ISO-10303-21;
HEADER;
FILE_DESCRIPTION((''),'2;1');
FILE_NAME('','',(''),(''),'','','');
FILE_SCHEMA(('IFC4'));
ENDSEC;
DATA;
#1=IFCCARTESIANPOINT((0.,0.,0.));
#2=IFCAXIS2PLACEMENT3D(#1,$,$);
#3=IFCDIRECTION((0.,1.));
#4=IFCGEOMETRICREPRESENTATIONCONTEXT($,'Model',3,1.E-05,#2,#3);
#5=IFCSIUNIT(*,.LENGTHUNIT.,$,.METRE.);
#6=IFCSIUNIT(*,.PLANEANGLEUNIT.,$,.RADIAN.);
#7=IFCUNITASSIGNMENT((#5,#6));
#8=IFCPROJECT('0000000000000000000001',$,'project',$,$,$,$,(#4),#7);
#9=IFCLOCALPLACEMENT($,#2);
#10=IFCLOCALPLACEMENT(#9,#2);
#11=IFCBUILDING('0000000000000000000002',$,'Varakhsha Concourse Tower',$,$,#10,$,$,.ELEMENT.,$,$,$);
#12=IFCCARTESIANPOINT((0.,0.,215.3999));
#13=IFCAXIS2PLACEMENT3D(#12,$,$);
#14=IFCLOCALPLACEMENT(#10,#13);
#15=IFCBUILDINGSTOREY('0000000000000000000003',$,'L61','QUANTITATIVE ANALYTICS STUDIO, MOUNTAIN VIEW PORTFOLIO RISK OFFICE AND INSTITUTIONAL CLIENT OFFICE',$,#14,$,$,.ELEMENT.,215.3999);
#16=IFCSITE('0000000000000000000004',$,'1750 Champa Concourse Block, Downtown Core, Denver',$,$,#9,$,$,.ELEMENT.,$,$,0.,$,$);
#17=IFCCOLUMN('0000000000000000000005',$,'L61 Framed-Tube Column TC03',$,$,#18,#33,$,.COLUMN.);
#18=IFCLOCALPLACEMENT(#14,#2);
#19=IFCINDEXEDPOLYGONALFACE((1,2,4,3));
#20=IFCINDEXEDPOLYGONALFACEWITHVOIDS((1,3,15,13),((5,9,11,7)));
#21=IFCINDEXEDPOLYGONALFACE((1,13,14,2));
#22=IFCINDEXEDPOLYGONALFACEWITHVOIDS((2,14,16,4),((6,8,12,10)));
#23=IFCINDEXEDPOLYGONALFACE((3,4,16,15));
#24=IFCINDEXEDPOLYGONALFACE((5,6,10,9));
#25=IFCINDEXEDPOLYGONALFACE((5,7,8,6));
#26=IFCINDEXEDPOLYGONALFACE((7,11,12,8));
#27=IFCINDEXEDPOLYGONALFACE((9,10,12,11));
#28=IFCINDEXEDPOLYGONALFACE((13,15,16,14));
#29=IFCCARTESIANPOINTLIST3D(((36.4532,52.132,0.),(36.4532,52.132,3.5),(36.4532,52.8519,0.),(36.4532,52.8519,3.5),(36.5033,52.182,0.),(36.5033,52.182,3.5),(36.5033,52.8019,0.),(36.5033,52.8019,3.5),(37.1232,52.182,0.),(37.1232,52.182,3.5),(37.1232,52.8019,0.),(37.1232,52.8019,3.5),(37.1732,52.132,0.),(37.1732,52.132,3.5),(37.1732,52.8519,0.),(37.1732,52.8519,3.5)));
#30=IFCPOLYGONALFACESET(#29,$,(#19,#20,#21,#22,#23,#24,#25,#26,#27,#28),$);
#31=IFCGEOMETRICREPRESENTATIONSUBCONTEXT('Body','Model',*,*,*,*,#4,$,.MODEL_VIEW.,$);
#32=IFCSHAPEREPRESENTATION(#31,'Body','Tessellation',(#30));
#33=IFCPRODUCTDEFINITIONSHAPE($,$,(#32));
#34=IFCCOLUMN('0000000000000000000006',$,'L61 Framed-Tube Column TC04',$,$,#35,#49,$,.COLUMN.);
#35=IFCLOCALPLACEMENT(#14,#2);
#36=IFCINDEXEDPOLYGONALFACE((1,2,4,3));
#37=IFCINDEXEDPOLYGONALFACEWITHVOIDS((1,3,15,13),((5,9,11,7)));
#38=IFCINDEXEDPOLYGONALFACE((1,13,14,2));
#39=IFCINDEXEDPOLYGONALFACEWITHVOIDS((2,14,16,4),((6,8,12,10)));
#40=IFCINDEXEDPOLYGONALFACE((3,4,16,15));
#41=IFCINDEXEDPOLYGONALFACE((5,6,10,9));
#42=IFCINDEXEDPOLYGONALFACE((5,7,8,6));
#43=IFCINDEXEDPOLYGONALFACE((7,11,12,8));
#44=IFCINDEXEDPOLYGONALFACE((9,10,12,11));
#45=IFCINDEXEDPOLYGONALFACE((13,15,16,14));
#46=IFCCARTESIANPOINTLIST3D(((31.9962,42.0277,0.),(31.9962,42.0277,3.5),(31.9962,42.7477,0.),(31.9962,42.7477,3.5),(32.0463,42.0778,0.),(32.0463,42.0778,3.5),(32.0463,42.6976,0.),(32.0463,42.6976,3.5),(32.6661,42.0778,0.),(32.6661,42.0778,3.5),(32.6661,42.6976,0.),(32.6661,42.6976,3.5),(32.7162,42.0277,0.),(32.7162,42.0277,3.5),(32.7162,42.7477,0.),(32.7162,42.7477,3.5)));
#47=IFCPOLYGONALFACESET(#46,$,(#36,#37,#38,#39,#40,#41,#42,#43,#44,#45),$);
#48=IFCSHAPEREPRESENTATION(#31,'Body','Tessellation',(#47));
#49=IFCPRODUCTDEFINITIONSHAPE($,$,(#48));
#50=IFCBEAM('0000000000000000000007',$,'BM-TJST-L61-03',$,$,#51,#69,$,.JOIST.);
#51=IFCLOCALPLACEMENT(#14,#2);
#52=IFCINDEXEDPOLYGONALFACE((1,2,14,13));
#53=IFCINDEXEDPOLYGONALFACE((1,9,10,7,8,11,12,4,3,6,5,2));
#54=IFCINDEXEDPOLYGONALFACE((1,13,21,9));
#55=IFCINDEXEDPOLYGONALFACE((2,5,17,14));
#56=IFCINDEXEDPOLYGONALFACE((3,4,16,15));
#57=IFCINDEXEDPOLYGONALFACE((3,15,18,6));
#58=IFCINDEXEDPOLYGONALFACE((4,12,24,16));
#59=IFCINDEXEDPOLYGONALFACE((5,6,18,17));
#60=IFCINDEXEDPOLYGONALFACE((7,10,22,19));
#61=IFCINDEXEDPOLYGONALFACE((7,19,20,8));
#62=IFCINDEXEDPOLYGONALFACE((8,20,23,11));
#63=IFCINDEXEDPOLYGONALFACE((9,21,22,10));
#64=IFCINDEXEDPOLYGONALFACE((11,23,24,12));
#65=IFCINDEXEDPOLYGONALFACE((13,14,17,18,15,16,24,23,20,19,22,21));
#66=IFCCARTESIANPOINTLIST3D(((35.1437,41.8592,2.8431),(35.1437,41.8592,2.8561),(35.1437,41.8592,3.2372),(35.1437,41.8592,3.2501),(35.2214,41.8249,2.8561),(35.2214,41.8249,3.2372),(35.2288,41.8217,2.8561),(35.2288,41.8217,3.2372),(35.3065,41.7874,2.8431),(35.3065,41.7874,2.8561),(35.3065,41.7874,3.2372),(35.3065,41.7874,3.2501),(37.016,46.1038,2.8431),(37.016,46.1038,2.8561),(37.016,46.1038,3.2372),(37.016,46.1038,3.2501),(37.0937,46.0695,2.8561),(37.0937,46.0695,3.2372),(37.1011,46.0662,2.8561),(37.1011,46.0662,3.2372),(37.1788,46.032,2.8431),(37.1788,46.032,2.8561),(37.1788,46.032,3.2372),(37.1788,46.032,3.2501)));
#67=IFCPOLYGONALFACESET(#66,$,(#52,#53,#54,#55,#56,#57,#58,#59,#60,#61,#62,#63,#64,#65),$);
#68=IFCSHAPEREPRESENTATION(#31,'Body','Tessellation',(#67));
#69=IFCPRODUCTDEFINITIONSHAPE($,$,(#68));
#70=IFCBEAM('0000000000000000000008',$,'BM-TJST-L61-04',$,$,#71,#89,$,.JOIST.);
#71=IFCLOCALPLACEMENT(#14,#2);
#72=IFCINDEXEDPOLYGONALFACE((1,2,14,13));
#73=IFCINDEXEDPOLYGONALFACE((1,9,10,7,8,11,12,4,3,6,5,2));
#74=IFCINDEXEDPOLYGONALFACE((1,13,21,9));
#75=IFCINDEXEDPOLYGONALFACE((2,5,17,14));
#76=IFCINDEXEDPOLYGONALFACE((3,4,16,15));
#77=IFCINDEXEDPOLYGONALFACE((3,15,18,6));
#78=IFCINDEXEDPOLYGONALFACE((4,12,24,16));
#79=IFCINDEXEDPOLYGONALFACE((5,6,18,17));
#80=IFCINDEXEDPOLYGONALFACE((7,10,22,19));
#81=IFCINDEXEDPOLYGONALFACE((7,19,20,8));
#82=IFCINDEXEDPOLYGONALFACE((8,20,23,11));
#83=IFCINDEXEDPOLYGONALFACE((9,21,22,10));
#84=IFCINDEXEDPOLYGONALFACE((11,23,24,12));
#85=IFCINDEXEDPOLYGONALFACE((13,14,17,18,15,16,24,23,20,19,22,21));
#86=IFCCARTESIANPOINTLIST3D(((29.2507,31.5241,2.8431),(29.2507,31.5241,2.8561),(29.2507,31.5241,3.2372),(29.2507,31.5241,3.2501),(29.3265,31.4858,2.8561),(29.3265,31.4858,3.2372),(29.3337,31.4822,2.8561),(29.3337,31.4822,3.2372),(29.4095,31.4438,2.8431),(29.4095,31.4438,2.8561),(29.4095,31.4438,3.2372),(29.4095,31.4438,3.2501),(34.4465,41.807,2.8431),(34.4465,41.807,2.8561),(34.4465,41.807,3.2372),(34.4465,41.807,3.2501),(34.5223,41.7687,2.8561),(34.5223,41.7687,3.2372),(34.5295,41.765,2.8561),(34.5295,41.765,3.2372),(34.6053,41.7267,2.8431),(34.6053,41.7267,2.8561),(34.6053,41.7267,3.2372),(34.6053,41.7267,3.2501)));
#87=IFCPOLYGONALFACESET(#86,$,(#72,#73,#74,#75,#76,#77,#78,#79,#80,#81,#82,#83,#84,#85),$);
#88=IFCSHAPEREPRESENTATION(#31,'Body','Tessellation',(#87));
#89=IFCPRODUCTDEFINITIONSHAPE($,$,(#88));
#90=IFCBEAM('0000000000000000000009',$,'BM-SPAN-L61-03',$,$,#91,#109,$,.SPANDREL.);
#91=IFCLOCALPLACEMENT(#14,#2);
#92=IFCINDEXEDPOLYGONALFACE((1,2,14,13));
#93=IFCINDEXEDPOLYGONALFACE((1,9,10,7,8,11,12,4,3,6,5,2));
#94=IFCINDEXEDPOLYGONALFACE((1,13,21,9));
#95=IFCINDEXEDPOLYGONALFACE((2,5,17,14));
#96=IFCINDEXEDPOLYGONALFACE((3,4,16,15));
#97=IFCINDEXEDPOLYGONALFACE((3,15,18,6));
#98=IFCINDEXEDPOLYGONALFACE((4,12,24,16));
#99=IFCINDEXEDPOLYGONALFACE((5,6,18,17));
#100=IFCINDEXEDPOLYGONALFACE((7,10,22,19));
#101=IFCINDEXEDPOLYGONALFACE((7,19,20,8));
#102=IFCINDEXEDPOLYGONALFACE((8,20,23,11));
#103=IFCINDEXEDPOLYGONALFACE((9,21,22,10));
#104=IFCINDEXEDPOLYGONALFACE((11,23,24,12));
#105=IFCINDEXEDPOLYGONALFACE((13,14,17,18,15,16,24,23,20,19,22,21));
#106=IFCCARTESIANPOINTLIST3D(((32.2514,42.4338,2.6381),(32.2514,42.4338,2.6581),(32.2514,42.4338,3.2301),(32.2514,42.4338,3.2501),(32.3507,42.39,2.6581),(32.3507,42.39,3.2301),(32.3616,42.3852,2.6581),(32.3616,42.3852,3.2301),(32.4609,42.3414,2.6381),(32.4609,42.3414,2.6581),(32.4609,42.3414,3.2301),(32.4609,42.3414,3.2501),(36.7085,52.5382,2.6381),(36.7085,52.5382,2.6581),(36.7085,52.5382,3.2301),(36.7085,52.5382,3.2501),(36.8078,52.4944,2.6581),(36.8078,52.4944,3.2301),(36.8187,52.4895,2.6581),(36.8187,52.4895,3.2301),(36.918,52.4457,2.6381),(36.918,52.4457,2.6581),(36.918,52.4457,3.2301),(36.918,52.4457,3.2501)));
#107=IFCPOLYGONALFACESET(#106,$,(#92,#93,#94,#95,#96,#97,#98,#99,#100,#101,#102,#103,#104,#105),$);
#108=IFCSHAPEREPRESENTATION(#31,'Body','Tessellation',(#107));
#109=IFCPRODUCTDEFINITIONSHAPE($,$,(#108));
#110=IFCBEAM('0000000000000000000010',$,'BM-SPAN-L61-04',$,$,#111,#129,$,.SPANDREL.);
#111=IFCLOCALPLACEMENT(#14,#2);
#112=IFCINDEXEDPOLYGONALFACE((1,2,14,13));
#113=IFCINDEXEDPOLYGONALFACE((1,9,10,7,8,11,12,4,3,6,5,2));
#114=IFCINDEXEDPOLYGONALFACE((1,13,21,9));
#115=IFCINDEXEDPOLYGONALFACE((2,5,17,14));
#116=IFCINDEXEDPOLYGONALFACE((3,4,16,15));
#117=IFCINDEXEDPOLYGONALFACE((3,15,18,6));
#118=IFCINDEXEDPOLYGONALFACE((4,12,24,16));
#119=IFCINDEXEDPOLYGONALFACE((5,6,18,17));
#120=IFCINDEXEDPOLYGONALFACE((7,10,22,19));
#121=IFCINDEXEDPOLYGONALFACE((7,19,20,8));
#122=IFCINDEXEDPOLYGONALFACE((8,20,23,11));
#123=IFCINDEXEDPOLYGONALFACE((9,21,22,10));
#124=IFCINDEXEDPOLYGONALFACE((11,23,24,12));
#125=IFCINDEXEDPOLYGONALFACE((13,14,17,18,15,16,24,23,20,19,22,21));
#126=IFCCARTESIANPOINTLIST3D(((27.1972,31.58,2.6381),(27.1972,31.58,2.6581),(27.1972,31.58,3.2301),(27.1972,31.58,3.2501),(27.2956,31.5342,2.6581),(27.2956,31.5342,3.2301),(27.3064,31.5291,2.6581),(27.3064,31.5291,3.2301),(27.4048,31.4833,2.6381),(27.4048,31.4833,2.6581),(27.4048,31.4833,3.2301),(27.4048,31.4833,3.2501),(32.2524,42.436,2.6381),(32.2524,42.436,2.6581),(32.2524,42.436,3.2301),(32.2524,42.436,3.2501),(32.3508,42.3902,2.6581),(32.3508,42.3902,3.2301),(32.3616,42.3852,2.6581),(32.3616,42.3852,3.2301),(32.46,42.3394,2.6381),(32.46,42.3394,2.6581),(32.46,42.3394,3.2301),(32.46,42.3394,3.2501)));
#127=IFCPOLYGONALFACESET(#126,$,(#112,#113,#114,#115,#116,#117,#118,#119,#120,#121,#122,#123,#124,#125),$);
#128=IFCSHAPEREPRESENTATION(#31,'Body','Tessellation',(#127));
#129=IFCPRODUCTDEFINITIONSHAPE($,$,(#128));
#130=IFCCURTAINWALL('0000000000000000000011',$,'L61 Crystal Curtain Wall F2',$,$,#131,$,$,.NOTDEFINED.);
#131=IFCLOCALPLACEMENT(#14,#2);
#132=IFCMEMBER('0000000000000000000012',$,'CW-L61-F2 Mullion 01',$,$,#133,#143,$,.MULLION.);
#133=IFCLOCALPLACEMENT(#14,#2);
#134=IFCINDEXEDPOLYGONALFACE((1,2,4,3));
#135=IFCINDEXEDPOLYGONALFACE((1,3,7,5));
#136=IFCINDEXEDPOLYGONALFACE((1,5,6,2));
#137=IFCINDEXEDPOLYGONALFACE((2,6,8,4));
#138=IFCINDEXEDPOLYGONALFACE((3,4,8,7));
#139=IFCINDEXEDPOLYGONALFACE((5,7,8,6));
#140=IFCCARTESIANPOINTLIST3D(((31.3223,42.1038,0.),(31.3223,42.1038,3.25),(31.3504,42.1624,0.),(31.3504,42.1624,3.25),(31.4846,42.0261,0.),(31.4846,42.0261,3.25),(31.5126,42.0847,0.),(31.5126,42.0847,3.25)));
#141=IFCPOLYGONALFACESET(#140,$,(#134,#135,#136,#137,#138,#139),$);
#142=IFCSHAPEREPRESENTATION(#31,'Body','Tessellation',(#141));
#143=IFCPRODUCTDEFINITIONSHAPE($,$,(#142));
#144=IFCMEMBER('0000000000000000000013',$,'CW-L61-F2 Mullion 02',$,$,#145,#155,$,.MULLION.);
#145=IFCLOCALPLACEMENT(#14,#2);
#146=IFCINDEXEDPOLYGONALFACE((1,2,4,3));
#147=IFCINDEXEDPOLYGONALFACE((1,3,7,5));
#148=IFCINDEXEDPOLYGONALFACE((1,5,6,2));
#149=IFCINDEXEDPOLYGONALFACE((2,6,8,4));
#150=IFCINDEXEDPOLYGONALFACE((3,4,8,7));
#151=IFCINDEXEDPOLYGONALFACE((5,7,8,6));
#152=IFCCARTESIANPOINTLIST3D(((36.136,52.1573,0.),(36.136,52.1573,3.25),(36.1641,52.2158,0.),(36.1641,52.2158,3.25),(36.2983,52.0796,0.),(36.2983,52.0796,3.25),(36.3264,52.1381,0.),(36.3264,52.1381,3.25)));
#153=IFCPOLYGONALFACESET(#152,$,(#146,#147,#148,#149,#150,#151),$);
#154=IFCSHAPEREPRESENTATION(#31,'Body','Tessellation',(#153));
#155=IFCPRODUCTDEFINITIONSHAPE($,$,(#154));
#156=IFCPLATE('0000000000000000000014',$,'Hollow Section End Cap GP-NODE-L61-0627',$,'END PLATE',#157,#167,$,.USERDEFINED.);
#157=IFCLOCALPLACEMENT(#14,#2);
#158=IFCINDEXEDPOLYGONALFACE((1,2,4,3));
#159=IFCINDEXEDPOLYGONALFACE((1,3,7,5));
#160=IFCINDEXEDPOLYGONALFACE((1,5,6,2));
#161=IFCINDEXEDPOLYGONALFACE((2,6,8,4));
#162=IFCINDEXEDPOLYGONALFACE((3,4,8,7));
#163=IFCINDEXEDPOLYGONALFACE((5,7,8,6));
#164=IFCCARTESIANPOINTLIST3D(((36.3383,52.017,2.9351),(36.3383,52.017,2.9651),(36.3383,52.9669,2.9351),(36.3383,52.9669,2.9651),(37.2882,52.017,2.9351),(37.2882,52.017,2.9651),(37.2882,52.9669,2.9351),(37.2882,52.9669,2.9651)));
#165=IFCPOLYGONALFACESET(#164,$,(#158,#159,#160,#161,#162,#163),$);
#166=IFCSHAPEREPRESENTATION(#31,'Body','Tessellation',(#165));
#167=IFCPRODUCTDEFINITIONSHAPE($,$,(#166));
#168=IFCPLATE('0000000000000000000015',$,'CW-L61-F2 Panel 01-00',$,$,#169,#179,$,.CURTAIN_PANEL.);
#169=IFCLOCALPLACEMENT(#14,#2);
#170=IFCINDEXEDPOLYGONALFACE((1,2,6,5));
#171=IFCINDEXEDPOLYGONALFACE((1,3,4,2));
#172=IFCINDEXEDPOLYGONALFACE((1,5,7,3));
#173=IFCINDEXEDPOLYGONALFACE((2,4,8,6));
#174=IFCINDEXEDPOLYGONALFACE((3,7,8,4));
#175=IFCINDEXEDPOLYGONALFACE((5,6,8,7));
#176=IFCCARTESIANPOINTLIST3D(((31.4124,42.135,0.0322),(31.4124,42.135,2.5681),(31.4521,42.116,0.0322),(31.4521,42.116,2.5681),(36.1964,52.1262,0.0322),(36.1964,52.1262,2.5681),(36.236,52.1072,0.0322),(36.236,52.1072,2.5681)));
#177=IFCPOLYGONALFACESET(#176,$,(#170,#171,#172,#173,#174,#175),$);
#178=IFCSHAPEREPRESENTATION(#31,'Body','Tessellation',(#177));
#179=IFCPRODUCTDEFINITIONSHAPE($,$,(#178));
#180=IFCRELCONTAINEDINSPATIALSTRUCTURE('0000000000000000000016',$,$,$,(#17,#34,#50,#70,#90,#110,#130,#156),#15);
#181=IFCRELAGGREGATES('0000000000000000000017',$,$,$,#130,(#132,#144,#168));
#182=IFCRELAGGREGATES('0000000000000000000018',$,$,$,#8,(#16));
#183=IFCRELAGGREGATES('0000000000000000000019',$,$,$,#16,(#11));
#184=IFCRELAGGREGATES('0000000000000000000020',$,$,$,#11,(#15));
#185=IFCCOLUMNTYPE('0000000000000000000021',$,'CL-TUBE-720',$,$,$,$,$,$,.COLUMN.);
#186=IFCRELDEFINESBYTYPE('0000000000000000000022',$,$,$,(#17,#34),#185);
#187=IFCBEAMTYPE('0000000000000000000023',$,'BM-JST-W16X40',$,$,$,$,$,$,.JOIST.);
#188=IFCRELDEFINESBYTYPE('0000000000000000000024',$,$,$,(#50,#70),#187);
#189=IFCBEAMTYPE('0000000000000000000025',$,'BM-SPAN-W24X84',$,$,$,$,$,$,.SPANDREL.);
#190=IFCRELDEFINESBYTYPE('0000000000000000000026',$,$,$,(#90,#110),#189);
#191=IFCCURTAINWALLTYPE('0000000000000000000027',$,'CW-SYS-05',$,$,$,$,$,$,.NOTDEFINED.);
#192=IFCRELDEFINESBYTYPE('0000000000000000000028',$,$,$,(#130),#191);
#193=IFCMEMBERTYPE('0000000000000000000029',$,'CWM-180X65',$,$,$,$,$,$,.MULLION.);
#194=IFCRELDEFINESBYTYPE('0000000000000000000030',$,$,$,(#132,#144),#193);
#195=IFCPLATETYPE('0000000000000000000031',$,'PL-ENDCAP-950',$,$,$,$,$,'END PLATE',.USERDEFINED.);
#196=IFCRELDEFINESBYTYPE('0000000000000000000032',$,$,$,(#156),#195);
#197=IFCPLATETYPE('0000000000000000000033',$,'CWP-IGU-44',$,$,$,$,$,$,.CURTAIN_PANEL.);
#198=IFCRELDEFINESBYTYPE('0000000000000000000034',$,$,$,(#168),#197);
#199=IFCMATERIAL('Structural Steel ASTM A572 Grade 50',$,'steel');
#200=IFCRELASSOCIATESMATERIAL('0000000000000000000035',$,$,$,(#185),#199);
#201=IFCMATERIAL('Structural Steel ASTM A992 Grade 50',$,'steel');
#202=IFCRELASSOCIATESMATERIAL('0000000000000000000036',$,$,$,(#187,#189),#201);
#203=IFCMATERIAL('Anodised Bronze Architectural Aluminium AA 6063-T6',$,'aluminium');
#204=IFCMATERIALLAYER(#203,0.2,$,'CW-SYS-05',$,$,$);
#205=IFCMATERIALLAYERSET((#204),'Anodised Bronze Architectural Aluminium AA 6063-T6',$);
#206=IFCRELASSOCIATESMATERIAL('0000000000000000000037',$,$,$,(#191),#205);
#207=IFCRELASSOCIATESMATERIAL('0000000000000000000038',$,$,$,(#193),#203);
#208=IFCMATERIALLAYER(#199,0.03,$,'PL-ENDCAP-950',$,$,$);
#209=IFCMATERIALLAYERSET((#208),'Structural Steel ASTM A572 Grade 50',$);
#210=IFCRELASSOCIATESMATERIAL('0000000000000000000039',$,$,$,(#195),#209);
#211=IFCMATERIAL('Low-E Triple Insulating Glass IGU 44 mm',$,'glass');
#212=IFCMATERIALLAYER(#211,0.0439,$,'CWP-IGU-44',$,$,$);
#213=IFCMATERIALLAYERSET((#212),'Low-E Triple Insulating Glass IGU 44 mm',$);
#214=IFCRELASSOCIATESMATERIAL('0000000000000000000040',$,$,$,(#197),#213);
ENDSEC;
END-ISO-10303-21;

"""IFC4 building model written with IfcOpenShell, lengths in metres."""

from ifc_helpers import new_model, si_unit, direction, frame, origin, origin_2d, place, context, subcontext, project, spatial, rectangle, hollow_rectangle, i_section, extrude, source, transform, mapped, material, layer, layer_set, material_profile, profile_set, type_object, type_shapes, element, aggregate, save


model = new_model("IFC4")

# Units and contexts
model_context = context("Model", 3, precision=1e-05, world=origin(), true_north=direction((0.0, 1.0)))
body_context = subcontext(model_context, "Body", "Model", "MODEL_VIEW")
ifc_project = project(units=[si_unit("LENGTHUNIT", "METRE"), si_unit("PLANEANGLEUNIT", "RADIAN")], contexts=[model_context])

# Site, building, storey
site_placement = place(None, origin())
site = spatial("IfcSite", under=ifc_project, at=site_placement, Name="1750 Champa Concourse Block, Downtown Core, Denver", CompositionType="ELEMENT", RefElevation=0.0)
building_placement = place(site_placement, origin())
building = spatial("IfcBuilding", under=site, at=building_placement, Name="Varakhsha Concourse Tower", CompositionType="ELEMENT")
storey_placement = place(building_placement, frame((0.0, 0.0, 215.3999)))
storey = spatial("IfcBuildingStorey", under=building, at=storey_placement, Name="L61", Description="QUANTITATIVE ANALYTICS STUDIO, MOUNTAIN VIEW PORTFOLIO RISK OFFICE AND INSTITUTIONAL CLIENT OFFICE", CompositionType="ELEMENT", Elevation=215.3999)

# Columns
ifc_material_1 = material(Name="Structural Steel ASTM A572 Grade 50", Category="steel")
ifc_material_profile_1 = material_profile(ifc_material_1, hollow_rectangle(XDim=0.72, YDim=0.72, WallThickness=0.05, at=origin_2d()), Name="BOX 720x720x50")
ifc_profile_set_1 = profile_set([ifc_material_profile_1], Name="Structural Steel ASTM A572 Grade 50")
column_type = type_object("IfcColumnType", Name="CL-TUBE-720", PredefinedType="COLUMN", material=ifc_profile_set_1)
for number, where, z_axis, x_axis, name in (
    (1, (36.8132, 52.4919, 0.0), (0.0, 0.0, 1.0), (1.0, 0.0, 0.0), "L61 Framed-Tube Column TC03"),
    (2, (32.3562, 42.3877, 0.0), (0.0, 0.0, 1.0), (1.0, 0.0, 0.0), "L61 Framed-Tube Column TC04"),
):
    element("IfcColumn", number, at=place(storey_placement, frame(where, z_axis=z_axis, x_axis=x_axis)), inside=storey, type_object=column_type, Name=name, PredefinedType="COLUMN", context=body_context, shape_type="SweptSolid", body=[
        extrude(hollow_rectangle(XDim=0.72, YDim=0.72, WallThickness=0.05, at=origin_2d()), origin(), (0.0, 0.0, 1.0), 3.5),
    ])

# Beams
ifc_material_2 = material(Name="Structural Steel ASTM A992 Grade 50", Category="steel")
ifc_material_profile_2 = material_profile(ifc_material_2, i_section(OverallWidth=0.178, OverallDepth=0.407, WebThickness=0.0081, FlangeThickness=0.0129, at=origin_2d()), Name="W16X40")
ifc_profile_set_2 = profile_set([ifc_material_profile_2], Name="Structural Steel ASTM A992 Grade 50")
beam_type_1 = type_object("IfcBeamType", Name="BM-JST-W16X40", PredefinedType="JOIST", material=ifc_profile_set_2)
beam_1_placement = place(storey_placement, frame((37.0974, 46.0679, 3.0466), z_axis=(-0.403583, -0.914943, 0.0), x_axis=(0.914943, -0.403583, 0.0)))
element("IfcBeam", 3, at=beam_1_placement, inside=storey, type_object=beam_type_1, Name="BM-TJST-L61-03", PredefinedType="JOIST", context=body_context, shape_type="SweptSolid", body=[
    extrude(i_section(OverallWidth=0.178, OverallDepth=0.407, WebThickness=0.0081, FlangeThickness=0.0129, at=origin_2d()), origin(), (0.0, 0.0, 1.0), 4.6392),
])
beam_2_placement = place(storey_placement, frame((34.5259, 41.7668, 3.0466), z_axis=(-0.450982, -0.892533, 0.0), x_axis=(0.892533, -0.450982, 0.0)))
element("IfcBeam", 4, at=beam_2_placement, inside=storey, type_object=beam_type_1, Name="BM-TJST-L61-04", PredefinedType="JOIST", context=body_context, shape_type="SweptSolid", body=[
    extrude(i_section(OverallWidth=0.178, OverallDepth=0.407, WebThickness=0.0081, FlangeThickness=0.0129, at=origin_2d()), origin(), (0.0, 0.0, 1.0), 11.521),
])
ifc_material_profile_3 = material_profile(ifc_material_2, i_section(OverallWidth=0.229, OverallDepth=0.6121, WebThickness=0.012, FlangeThickness=0.02, at=origin_2d()), Name="W24X84")
ifc_profile_set_3 = profile_set([ifc_material_profile_3], Name="Structural Steel ASTM A992 Grade 50")
beam_type_2 = type_object("IfcBeamType", Name="BM-SPAN-W24X84", PredefinedType="SPANDREL", material=ifc_profile_set_3)
beam_3_placement = place(storey_placement, frame((36.8132, 52.4919, 2.9441), z_axis=(-0.403585, -0.914942, 0.0), x_axis=(0.914942, -0.403585, 0.0)))
element("IfcBeam", 5, at=beam_3_placement, inside=storey, type_object=beam_type_2, Name="BM-SPAN-L61-03", PredefinedType="SPANDREL", context=body_context, shape_type="SweptSolid", body=[
    extrude(i_section(OverallWidth=0.229, OverallDepth=0.6121, WebThickness=0.012, FlangeThickness=0.02, at=origin_2d()), origin(), (0.0, 0.0, 1.0), 11.0437),
])
beam_4_placement = place(storey_placement, frame((32.3562, 42.3877, 2.9441), z_axis=(-0.422135, -0.906533, 0.0), x_axis=(0.906533, -0.422135, 0.0)))
element("IfcBeam", 6, at=beam_4_placement, inside=storey, type_object=beam_type_2, Name="BM-SPAN-L61-04", PredefinedType="SPANDREL", context=body_context, shape_type="SweptSolid", body=[
    extrude(i_section(OverallWidth=0.229, OverallDepth=0.6121, WebThickness=0.012, FlangeThickness=0.02, at=origin_2d()), origin(), (0.0, 0.0, 1.0), 11.9753),
])

# Curtain wall, members
ifc_material_3 = material(Name="Anodised Bronze Architectural Aluminium AA 6063-T6", Category="aluminium")
ifc_layer_1 = layer(ifc_material_3, 0.2, Name="CW-SYS-05")
ifc_layer_set_1 = layer_set([ifc_layer_1], Name="Anodised Bronze Architectural Aluminium AA 6063-T6")
curtain_wall_type = type_object("IfcCurtainWallType", Name="CW-SYS-05", PredefinedType="NOTDEFINED", material=ifc_layer_set_1)
curtain_wall_placement = place(storey_placement, origin())
curtain_wall = element("IfcCurtainWall", 7, at=curtain_wall_placement, inside=storey, type_object=curtain_wall_type, Name="L61 Crystal Curtain Wall F2", PredefinedType="NOTDEFINED")
ifc_material_profile_4 = material_profile(ifc_material_3, rectangle(XDim=0.0649, YDim=0.1799, at=origin_2d()), Name="CWM-180X65")
ifc_profile_set_4 = profile_set([ifc_material_profile_4], Name="Anodised Bronze Architectural Aluminium AA 6063-T6")
member_type = type_object("IfcMemberType", Name="CWM-180X65", PredefinedType="MULLION", material=ifc_profile_set_4)
shared_shape_1 = source(origin(), body_context, "Body", "SweptSolid", [
    extrude(rectangle(XDim=0.0649, YDim=0.1799, at=origin_2d()), origin(), (0.0, 0.0, 1.0), 3.25),
])
type_shapes(member_type, [shared_shape_1])
member_1_placement = place(storey_placement, frame((31.4175, 42.0942, 0.0), z_axis=(0.0, 0.0, 1.0), x_axis=(0.431862, 0.90194, 0.0)))
member_1 = element("IfcMember", 8, at=member_1_placement, type_object=member_type, Name="CW-L61-F2 Mullion 01", PredefinedType="MULLION", context=body_context, shape_type="MappedRepresentation", body=[
    mapped(shared_shape_1, transform((0.0, 0.0, 0.0), scale=1.0)),
])
member_2_placement = place(storey_placement, frame((36.2312, 52.1477, 0.0), z_axis=(0.0, 0.0, 1.0), x_axis=(0.431862, 0.90194, 0.0)))
member_2 = element("IfcMember", 9, at=member_2_placement, type_object=member_type, Name="CW-L61-F2 Mullion 02", PredefinedType="MULLION", context=body_context, shape_type="MappedRepresentation", body=[
    mapped(shared_shape_1, transform((0.0, 0.0, 0.0), scale=1.0)),
])

# Plates
ifc_layer_2 = layer(ifc_material_1, 0.03, Name="PL-ENDCAP-950")
ifc_layer_set_2 = layer_set([ifc_layer_2], Name="Structural Steel ASTM A572 Grade 50")
plate_type_1 = type_object("IfcPlateType", Name="PL-ENDCAP-950", ElementType="END PLATE", PredefinedType="USERDEFINED", material=ifc_layer_set_2)
shared_shape_2 = source(origin(), body_context, "Body", "SweptSolid", [
    extrude(rectangle(XDim=0.95, YDim=0.95, at=origin_2d()), origin(), (0.0, 0.0, 1.0), 0.03),
])
type_shapes(plate_type_1, [shared_shape_2])
plate_1_placement = place(storey_placement, frame((36.8132, 52.4919, 2.9351), z_axis=(0.0, 0.0, 1.0), x_axis=(1.0, 0.0, 0.0)))
element("IfcPlate", 10, at=plate_1_placement, inside=storey, type_object=plate_type_1, Name="Hollow Section End Cap GP-NODE-L61-0627", ObjectType="END PLATE", PredefinedType="USERDEFINED", context=body_context, shape_type="MappedRepresentation", body=[
    mapped(shared_shape_2, transform((0.0, 0.0, 0.0), scale=1.0)),
])
ifc_material_4 = material(Name="Low-E Triple Insulating Glass IGU 44 mm", Category="glass")
ifc_layer_3 = layer(ifc_material_4, 0.0439, Name="CWP-IGU-44")
ifc_layer_set_3 = layer_set([ifc_layer_3], Name="Low-E Triple Insulating Glass IGU 44 mm")
plate_type_2 = type_object("IfcPlateType", Name="CWP-IGU-44", PredefinedType="CURTAIN_PANEL", material=ifc_layer_set_3)
shared_shape_3 = source(origin(), body_context, "Body", "SweptSolid", [
    extrude(rectangle(XDim=11.0774, YDim=0.0439, at=origin_2d()), origin(), (0.0, 0.0, 1.0), 2.5359),
])
type_shapes(plate_type_2, [shared_shape_3])
plate_2_placement = place(storey_placement, frame((33.8242, 47.1211, 0.0322), z_axis=(0.0, 0.0, 1.0), x_axis=(0.431862, 0.90194, 0.0)))
plate_2 = element("IfcPlate", 11, at=plate_2_placement, type_object=plate_type_2, Name="CW-L61-F2 Panel 01-00", PredefinedType="CURTAIN_PANEL", context=body_context, shape_type="MappedRepresentation", body=[
    mapped(shared_shape_3, transform((0.0, 0.0, 0.0), scale=1.0)),
])
aggregate(curtain_wall, [member_1, member_2, plate_2])

save(model, "model.ifc")
